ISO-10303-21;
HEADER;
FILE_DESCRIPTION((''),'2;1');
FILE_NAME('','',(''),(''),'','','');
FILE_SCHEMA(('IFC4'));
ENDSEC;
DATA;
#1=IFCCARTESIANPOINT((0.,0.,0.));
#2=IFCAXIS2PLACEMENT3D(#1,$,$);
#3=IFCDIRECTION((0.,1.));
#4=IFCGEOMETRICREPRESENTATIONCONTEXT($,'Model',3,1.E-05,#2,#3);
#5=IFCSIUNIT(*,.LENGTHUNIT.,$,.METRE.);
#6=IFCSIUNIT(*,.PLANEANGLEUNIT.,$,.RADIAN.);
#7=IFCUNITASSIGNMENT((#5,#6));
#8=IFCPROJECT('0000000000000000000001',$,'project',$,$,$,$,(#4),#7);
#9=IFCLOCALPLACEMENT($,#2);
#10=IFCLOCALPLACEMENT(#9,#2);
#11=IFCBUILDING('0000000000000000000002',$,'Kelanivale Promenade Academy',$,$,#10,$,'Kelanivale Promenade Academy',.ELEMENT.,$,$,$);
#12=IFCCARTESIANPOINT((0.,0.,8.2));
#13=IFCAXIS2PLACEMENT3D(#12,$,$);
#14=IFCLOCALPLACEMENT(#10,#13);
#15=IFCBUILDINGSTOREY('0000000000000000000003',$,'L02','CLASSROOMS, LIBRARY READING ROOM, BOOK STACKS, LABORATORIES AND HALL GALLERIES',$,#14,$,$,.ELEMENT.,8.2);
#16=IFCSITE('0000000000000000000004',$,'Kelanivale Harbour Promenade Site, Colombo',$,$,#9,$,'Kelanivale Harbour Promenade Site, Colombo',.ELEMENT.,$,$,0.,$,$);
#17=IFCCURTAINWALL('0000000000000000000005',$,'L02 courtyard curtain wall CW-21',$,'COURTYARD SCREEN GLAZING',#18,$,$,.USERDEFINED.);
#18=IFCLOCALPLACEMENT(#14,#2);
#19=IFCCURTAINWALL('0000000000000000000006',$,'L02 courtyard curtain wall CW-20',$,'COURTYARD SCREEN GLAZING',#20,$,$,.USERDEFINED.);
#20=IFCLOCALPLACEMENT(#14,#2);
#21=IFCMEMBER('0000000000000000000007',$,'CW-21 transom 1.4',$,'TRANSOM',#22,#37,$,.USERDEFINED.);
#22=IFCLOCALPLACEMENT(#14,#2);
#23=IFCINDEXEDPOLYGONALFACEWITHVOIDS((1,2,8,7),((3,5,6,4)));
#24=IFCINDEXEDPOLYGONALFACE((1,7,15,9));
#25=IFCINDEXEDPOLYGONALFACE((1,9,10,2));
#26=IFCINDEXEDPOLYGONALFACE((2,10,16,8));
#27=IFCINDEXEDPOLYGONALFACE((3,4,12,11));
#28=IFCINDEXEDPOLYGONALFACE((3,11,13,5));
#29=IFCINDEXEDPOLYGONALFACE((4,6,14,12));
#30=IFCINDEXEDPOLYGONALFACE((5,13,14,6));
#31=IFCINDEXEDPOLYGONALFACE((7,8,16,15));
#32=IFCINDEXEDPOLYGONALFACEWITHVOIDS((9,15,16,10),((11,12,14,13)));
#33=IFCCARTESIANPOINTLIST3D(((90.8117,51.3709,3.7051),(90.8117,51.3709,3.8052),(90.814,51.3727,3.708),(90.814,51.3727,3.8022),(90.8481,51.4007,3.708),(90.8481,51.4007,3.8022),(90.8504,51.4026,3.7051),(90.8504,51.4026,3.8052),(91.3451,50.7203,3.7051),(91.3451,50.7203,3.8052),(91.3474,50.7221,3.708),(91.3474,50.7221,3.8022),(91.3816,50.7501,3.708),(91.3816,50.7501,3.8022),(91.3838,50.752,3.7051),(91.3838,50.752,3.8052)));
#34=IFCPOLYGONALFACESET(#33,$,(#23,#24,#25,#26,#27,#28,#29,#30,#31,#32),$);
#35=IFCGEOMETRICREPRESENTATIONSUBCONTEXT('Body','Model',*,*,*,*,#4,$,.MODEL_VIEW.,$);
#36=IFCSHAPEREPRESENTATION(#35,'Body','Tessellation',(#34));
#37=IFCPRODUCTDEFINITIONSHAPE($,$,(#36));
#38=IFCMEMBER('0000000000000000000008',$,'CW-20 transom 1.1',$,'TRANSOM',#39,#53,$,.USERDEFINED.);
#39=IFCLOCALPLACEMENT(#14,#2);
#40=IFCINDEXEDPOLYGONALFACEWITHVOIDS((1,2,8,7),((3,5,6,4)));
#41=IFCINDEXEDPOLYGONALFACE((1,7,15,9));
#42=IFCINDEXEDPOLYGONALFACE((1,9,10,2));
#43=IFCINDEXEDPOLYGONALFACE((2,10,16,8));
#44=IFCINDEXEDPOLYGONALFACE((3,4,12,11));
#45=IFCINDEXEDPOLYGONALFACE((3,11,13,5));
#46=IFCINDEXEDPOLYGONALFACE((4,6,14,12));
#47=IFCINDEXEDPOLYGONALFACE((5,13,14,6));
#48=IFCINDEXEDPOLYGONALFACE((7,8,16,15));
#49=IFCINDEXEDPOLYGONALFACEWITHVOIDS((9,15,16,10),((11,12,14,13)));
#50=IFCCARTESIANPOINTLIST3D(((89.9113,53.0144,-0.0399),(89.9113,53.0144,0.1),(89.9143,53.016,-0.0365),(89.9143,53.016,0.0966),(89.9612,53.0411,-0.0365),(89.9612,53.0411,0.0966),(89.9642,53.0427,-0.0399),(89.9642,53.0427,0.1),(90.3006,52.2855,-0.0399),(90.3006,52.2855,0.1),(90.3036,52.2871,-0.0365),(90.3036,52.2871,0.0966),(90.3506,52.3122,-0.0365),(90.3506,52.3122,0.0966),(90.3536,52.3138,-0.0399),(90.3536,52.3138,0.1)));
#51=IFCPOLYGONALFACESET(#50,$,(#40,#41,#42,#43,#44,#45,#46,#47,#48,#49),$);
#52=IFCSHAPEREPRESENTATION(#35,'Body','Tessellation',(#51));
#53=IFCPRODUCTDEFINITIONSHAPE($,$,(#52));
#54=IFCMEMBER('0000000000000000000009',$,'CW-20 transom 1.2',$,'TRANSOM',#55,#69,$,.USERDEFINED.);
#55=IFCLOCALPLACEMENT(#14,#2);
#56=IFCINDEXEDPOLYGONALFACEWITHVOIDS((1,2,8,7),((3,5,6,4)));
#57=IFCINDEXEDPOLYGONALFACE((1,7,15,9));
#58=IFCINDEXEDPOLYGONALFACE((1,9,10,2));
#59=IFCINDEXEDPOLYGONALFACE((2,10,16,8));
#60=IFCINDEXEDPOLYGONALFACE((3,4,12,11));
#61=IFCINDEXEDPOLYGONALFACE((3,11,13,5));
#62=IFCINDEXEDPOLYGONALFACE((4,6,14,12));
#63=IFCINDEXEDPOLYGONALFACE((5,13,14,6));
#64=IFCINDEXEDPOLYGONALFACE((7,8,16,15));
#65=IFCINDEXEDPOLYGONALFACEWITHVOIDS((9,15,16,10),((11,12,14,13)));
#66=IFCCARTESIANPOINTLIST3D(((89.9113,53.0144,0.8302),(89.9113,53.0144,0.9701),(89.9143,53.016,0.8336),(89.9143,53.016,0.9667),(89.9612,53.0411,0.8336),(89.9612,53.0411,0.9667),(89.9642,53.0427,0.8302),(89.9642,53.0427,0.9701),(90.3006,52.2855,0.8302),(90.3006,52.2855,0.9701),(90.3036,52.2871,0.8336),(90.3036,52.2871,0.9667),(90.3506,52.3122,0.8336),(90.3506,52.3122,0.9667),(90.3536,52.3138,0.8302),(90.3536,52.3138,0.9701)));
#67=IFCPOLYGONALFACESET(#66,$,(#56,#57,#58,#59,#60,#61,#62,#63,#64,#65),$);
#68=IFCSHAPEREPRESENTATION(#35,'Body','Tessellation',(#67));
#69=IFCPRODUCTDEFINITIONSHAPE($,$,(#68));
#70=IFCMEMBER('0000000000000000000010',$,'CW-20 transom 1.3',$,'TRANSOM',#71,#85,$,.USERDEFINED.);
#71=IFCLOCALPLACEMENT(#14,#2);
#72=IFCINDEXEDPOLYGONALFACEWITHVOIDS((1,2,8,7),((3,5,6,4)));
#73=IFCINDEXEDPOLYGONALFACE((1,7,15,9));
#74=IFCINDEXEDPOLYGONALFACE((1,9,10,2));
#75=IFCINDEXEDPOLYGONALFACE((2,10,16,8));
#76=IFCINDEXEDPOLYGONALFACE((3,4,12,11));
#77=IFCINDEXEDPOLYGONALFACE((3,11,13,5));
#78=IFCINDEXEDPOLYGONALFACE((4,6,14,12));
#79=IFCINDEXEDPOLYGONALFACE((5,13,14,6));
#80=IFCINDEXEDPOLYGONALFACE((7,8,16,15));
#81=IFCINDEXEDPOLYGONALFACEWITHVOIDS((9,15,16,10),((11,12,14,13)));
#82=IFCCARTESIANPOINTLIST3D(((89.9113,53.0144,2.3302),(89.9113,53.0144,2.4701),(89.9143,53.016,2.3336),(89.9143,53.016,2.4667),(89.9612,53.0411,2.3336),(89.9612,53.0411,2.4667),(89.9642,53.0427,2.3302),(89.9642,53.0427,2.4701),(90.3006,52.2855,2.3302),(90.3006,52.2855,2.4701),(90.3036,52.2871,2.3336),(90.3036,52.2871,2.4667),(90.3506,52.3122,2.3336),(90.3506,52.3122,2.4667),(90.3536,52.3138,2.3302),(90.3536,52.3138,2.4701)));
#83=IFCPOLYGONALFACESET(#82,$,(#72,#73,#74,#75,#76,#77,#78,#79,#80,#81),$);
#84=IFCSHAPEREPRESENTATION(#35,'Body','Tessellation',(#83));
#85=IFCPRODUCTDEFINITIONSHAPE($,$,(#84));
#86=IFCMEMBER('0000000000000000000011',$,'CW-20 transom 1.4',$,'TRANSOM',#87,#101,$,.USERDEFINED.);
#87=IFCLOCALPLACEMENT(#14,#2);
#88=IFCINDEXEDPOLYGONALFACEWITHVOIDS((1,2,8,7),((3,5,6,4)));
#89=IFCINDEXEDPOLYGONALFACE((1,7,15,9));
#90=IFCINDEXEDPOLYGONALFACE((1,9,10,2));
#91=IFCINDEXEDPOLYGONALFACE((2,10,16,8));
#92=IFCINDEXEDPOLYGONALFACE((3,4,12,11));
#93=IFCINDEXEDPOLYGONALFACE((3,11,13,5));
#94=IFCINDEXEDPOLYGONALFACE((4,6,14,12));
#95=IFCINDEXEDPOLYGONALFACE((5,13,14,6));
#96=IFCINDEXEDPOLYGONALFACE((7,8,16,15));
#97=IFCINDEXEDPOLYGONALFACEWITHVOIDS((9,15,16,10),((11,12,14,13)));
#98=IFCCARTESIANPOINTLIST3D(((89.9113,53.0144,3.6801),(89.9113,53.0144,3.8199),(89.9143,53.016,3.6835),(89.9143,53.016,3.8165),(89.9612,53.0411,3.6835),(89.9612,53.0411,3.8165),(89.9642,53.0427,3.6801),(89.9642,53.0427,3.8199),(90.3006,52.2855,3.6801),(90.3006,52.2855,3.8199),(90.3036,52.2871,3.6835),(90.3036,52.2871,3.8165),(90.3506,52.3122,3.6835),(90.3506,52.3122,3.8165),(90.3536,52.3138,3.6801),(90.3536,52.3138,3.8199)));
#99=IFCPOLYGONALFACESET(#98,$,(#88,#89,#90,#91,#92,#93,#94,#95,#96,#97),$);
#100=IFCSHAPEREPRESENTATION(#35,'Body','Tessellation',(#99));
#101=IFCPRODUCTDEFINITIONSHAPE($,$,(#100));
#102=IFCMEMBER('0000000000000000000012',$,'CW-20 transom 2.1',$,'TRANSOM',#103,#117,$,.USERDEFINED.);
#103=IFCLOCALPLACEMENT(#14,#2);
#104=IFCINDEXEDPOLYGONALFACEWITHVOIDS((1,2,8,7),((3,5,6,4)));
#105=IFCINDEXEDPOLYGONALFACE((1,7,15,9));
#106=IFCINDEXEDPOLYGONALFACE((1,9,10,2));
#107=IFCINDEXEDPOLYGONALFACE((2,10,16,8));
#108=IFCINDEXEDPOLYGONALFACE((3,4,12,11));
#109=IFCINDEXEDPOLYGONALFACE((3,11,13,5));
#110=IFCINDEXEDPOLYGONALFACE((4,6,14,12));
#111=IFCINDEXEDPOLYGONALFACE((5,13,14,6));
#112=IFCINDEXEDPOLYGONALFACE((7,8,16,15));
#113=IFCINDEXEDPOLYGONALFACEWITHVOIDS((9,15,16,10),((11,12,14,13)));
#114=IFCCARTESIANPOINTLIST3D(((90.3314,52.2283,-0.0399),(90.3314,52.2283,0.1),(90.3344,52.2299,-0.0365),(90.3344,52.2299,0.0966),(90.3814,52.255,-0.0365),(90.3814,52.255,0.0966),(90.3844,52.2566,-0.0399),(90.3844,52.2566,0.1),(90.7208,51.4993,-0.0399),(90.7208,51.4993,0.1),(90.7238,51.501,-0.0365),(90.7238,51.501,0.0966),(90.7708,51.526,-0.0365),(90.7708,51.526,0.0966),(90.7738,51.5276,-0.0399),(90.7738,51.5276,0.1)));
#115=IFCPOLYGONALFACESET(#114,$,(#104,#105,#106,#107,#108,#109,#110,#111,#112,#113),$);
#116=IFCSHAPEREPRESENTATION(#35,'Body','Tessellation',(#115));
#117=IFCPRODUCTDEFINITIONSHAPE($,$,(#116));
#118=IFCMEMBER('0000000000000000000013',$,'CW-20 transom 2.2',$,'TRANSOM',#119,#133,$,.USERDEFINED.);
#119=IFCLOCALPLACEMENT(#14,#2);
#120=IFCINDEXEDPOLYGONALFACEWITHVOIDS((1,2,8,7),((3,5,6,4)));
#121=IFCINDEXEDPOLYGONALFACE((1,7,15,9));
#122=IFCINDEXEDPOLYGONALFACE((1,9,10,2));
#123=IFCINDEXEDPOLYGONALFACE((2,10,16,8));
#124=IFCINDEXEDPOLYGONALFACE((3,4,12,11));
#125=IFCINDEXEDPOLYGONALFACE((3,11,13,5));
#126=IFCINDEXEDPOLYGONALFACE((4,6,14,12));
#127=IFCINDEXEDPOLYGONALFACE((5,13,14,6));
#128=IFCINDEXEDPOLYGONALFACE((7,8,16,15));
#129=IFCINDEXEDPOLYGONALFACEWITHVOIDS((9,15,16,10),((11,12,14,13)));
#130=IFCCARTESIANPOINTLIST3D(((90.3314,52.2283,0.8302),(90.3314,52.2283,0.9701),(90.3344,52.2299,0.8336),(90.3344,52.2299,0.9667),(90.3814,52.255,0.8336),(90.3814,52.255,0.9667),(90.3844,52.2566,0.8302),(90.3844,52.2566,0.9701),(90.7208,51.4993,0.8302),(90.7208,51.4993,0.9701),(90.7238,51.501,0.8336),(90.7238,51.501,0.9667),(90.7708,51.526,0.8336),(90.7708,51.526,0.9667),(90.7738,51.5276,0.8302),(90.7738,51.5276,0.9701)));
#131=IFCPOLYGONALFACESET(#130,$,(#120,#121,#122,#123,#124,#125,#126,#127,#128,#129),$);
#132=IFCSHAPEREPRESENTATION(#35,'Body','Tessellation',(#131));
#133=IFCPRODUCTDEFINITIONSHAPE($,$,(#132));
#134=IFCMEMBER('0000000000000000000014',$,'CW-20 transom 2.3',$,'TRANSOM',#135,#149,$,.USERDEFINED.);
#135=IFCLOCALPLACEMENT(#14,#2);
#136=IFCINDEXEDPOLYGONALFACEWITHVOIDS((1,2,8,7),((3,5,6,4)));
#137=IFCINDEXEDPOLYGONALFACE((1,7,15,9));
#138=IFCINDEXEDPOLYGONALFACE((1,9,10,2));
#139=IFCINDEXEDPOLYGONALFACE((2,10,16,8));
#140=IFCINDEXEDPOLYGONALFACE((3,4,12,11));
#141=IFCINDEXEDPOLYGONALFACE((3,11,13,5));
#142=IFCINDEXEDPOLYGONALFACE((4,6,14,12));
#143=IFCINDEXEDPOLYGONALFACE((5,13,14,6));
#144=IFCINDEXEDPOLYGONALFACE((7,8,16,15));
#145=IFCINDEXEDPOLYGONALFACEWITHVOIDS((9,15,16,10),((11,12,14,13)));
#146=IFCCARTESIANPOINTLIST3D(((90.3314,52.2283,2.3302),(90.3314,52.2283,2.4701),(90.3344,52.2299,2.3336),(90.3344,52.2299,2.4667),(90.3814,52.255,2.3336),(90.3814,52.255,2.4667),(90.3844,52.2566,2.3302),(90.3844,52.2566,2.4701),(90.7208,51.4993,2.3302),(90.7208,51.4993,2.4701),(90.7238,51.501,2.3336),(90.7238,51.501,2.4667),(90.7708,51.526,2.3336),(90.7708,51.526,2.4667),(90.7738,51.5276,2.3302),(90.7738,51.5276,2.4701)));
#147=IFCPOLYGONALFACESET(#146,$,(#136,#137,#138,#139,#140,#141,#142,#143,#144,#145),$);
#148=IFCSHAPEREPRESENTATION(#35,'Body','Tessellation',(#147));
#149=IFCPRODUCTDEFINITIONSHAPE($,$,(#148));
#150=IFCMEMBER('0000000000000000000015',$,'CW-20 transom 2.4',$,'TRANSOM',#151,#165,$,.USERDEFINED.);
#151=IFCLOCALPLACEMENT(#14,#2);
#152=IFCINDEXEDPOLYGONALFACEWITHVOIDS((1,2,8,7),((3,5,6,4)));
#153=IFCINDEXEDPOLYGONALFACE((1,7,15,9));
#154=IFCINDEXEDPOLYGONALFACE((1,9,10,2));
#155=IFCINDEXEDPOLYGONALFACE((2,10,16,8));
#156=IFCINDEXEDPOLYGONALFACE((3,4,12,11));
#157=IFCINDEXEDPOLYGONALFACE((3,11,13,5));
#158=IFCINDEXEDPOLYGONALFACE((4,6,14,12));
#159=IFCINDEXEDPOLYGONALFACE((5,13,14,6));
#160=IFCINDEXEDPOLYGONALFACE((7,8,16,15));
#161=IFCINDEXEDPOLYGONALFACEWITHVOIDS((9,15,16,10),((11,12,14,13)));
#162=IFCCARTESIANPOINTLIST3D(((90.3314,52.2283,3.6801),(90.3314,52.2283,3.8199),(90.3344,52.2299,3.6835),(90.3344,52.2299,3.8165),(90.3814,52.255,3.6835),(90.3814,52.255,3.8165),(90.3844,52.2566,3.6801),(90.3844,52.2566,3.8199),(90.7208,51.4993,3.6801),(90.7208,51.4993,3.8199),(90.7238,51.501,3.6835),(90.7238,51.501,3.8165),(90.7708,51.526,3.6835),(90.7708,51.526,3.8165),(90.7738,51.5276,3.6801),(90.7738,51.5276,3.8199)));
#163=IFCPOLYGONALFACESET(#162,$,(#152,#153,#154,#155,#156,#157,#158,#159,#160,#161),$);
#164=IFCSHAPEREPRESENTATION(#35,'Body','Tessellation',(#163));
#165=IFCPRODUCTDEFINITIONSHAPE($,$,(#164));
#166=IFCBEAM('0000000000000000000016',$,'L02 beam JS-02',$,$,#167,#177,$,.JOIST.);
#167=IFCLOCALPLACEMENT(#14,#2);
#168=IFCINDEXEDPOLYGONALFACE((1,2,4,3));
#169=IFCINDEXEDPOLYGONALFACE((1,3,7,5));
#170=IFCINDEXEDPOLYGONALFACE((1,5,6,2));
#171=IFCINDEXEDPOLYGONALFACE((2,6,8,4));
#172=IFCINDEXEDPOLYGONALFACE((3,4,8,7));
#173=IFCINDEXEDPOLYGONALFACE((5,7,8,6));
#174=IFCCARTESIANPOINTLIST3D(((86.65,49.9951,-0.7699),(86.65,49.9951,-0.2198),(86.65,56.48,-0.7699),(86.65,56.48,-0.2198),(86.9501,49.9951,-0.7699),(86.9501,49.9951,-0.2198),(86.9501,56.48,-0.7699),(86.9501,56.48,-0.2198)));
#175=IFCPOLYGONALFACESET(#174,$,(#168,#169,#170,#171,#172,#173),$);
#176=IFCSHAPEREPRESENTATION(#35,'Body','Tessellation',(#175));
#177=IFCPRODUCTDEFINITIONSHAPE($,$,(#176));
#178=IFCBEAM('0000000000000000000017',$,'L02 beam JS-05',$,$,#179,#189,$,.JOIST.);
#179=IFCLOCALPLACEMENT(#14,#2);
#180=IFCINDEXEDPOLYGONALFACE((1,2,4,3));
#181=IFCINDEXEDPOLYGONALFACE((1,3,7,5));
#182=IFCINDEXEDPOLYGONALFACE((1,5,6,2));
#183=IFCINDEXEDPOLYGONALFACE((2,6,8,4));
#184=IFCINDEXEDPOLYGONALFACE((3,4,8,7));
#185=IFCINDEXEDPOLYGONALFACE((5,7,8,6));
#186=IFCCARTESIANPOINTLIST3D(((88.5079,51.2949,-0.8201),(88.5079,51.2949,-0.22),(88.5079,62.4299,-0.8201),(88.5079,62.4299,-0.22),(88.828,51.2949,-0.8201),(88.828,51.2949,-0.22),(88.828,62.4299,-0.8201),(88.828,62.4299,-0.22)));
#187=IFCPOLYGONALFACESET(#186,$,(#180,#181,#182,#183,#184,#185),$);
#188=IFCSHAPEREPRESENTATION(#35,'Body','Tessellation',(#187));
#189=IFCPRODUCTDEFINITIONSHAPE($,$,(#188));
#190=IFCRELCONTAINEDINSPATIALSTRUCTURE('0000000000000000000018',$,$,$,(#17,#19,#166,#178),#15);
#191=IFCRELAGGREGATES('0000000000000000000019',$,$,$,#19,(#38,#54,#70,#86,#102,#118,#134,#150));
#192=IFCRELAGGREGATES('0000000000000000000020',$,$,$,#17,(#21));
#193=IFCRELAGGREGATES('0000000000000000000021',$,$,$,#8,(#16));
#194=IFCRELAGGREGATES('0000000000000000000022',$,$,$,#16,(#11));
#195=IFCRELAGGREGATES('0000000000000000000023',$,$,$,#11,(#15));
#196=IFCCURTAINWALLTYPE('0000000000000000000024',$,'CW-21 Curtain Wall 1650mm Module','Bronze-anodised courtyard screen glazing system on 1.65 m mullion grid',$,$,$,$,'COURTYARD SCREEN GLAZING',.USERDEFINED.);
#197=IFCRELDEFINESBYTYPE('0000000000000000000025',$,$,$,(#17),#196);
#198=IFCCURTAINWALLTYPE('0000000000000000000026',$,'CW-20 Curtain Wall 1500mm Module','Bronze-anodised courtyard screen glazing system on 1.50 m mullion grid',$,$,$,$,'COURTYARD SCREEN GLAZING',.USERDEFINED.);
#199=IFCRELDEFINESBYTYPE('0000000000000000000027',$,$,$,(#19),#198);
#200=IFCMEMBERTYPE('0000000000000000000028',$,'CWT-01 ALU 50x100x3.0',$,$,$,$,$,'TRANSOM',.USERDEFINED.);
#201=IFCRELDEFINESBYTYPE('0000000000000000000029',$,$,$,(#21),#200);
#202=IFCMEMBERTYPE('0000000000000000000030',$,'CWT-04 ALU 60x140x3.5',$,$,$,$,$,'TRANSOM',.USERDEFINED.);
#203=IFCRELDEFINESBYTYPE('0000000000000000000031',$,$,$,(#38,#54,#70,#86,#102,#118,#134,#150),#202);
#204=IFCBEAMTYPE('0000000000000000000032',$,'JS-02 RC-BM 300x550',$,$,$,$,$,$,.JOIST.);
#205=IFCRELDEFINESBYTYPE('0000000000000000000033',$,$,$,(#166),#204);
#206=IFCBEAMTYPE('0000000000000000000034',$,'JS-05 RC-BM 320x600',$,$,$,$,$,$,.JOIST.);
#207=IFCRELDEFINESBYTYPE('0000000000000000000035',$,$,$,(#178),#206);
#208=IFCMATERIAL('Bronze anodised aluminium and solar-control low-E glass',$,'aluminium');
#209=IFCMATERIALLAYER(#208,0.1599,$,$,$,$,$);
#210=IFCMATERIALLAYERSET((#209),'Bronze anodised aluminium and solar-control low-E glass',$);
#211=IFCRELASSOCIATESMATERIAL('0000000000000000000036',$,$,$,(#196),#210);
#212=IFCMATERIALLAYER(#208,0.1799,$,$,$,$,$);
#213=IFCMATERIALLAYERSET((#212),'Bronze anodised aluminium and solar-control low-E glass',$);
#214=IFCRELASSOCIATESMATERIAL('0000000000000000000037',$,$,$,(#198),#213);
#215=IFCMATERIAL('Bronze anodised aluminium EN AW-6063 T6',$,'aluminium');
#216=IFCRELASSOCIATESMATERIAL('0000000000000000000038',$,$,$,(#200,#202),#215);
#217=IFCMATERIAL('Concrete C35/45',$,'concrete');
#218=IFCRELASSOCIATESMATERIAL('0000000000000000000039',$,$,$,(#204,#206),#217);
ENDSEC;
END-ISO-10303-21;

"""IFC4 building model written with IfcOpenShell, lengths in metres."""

from ifc_helpers import new_model, si_unit, direction, frame, origin, origin_2d, place, context, subcontext, project, spatial, rectangle, hollow_rectangle, extrude, material, layer, layer_set, material_profile, profile_set, type_object, element, aggregate, save


model = new_model("IFC4")

# Units and contexts
model_context = context("Model", 3, precision=1e-05, world=origin(), true_north=direction((0.0, 1.0)))
body_context = subcontext(model_context, "Body", "Model", "MODEL_VIEW")
ifc_project = project(units=[si_unit("LENGTHUNIT", "METRE"), si_unit("PLANEANGLEUNIT", "RADIAN")], contexts=[model_context])

# Site, building, storey
site_placement = place(None, origin())
site = spatial("IfcSite", under=ifc_project, at=site_placement, Name="Kelanivale Harbour Promenade Site, Colombo", LongName="Kelanivale Harbour Promenade Site, Colombo", CompositionType="ELEMENT", RefElevation=0.0)
building_placement = place(site_placement, origin())
building = spatial("IfcBuilding", under=site, at=building_placement, Name="Kelanivale Promenade Academy", LongName="Kelanivale Promenade Academy", CompositionType="ELEMENT")
storey_placement = place(building_placement, frame((0.0, 0.0, 8.2)))
storey = spatial("IfcBuildingStorey", under=building, at=storey_placement, Name="L02", Description="CLASSROOMS, LIBRARY READING ROOM, BOOK STACKS, LABORATORIES AND HALL GALLERIES", CompositionType="ELEMENT", Elevation=8.2)

# Curtain wall
ifc_material_1 = material(Name="Bronze anodised aluminium and solar-control low-E glass", Category="aluminium")
ifc_layer_1 = layer(ifc_material_1, 0.1599)
ifc_layer_set_1 = layer_set([ifc_layer_1], Name="Bronze anodised aluminium and solar-control low-E glass")
curtain_wall_type_1 = type_object("IfcCurtainWallType", Name="CW-21 Curtain Wall 1650mm Module", Description="Bronze-anodised courtyard screen glazing system on 1.65 m mullion grid", ElementType="COURTYARD SCREEN GLAZING", PredefinedType="USERDEFINED", material=ifc_layer_set_1)
curtain_wall_1_placement = place(storey_placement, origin())
curtain_wall_1 = element("IfcCurtainWall", 1, at=curtain_wall_1_placement, inside=storey, type_object=curtain_wall_type_1, Name="L02 courtyard curtain wall CW-21", ObjectType="COURTYARD SCREEN GLAZING", PredefinedType="USERDEFINED")
ifc_material_2 = material(Name="Bronze anodised aluminium EN AW-6063 T6", Category="aluminium")

# Curtain wall
ifc_layer_2 = layer(ifc_material_1, 0.1799)
ifc_layer_set_2 = layer_set([ifc_layer_2], Name="Bronze anodised aluminium and solar-control low-E glass")
curtain_wall_type_2 = type_object("IfcCurtainWallType", Name="CW-20 Curtain Wall 1500mm Module", Description="Bronze-anodised courtyard screen glazing system on 1.50 m mullion grid", ElementType="COURTYARD SCREEN GLAZING", PredefinedType="USERDEFINED", material=ifc_layer_set_2)
curtain_wall_2_placement = place(storey_placement, origin())
curtain_wall_2 = element("IfcCurtainWall", 2, at=curtain_wall_2_placement, inside=storey, type_object=curtain_wall_type_2, Name="L02 courtyard curtain wall CW-20", ObjectType="COURTYARD SCREEN GLAZING", PredefinedType="USERDEFINED")

# Members
ifc_material_profile_1 = material_profile(ifc_material_2, hollow_rectangle(XDim=0.05, YDim=0.1001, WallThickness=0.0029, at=origin_2d()), Name="ALU 50x100x3.0")
ifc_profile_set_1 = profile_set([ifc_material_profile_1], Name="Bronze anodised aluminium EN AW-6063 T6")
member_type_1 = type_object("IfcMemberType", Name="CWT-01 ALU 50x100x3.0", ElementType="TRANSOM", PredefinedType="USERDEFINED", material=ifc_profile_set_1)
member_1_placement = place(storey_placement, frame((90.8311, 51.3867, 3.7551), z_axis=(0.634028, -0.77331, 0.0), x_axis=(0.77331, 0.634028, 0.0)))
member_1 = element("IfcMember", 3, at=member_1_placement, type_object=member_type_1, Name="CW-21 transom 1.4", ObjectType="TRANSOM", PredefinedType="USERDEFINED", context=body_context, shape_type="SweptSolid", body=[
    extrude(hollow_rectangle(XDim=0.05, YDim=0.1001, WallThickness=0.0029, at=origin_2d()), origin(), (0.0, 0.0, 1.0), 0.8413),
])
ifc_material_profile_2 = material_profile(ifc_material_2, hollow_rectangle(XDim=0.0601, YDim=0.1399, WallThickness=0.0034, at=origin_2d()), Name="ALU 60x140x3.5")
ifc_profile_set_2 = profile_set([ifc_material_profile_2], Name="Bronze anodised aluminium EN AW-6063 T6")
member_type_2 = type_object("IfcMemberType", Name="CWT-04 ALU 60x140x3.5", ElementType="TRANSOM", PredefinedType="USERDEFINED", material=ifc_profile_set_2)
member_2_placement = place(storey_placement, frame((89.9377, 53.0286, 0.03), z_axis=(0.471155, -0.88205, 0.0), x_axis=(0.88205, 0.471155, 0.0)))
member_2 = element("IfcMember", 4, at=member_2_placement, type_object=member_type_2, Name="CW-20 transom 1.1", ObjectType="TRANSOM", PredefinedType="USERDEFINED", context=body_context, shape_type="SweptSolid", body=[
    extrude(hollow_rectangle(XDim=0.0601, YDim=0.1399, WallThickness=0.0034, at=origin_2d()), origin(), (0.0, 0.0, 1.0), 0.8264),
])
member_3_placement = place(storey_placement, frame((89.9377, 53.0286, 0.9001), z_axis=(0.471155, -0.88205, 0.0), x_axis=(0.88205, 0.471155, 0.0)))
member_3 = element("IfcMember", 5, at=member_3_placement, type_object=member_type_2, Name="CW-20 transom 1.2", ObjectType="TRANSOM", PredefinedType="USERDEFINED", context=body_context, shape_type="SweptSolid", body=[
    extrude(hollow_rectangle(XDim=0.0601, YDim=0.1399, WallThickness=0.0034, at=origin_2d()), origin(), (0.0, 0.0, 1.0), 0.8264),
])
member_4_placement = place(storey_placement, frame((89.9377, 53.0286, 2.4001), z_axis=(0.471155, -0.88205, 0.0), x_axis=(0.88205, 0.471155, 0.0)))
member_4 = element("IfcMember", 6, at=member_4_placement, type_object=member_type_2, Name="CW-20 transom 1.3", ObjectType="TRANSOM", PredefinedType="USERDEFINED", context=body_context, shape_type="SweptSolid", body=[
    extrude(hollow_rectangle(XDim=0.0601, YDim=0.1399, WallThickness=0.0034, at=origin_2d()), origin(), (0.0, 0.0, 1.0), 0.8264),
])
member_5_placement = place(storey_placement, frame((89.9377, 53.0286, 3.75), z_axis=(0.471155, -0.88205, 0.0), x_axis=(0.88205, 0.471155, 0.0)))
member_5 = element("IfcMember", 7, at=member_5_placement, type_object=member_type_2, Name="CW-20 transom 1.4", ObjectType="TRANSOM", PredefinedType="USERDEFINED", context=body_context, shape_type="SweptSolid", body=[
    extrude(hollow_rectangle(XDim=0.0601, YDim=0.1399, WallThickness=0.0034, at=origin_2d()), origin(), (0.0, 0.0, 1.0), 0.8264),
])
member_6_placement = place(storey_placement, frame((90.3579, 52.2424, 0.03), z_axis=(0.471155, -0.88205, 0.0), x_axis=(0.88205, 0.471155, 0.0)))
member_6 = element("IfcMember", 8, at=member_6_placement, type_object=member_type_2, Name="CW-20 transom 2.1", ObjectType="TRANSOM", PredefinedType="USERDEFINED", context=body_context, shape_type="SweptSolid", body=[
    extrude(hollow_rectangle(XDim=0.0601, YDim=0.1399, WallThickness=0.0034, at=origin_2d()), origin(), (0.0, 0.0, 1.0), 0.8264),
])
member_7_placement = place(storey_placement, frame((90.3579, 52.2424, 0.9001), z_axis=(0.471155, -0.88205, 0.0), x_axis=(0.88205, 0.471155, 0.0)))
member_7 = element("IfcMember", 9, at=member_7_placement, type_object=member_type_2, Name="CW-20 transom 2.2", ObjectType="TRANSOM", PredefinedType="USERDEFINED", context=body_context, shape_type="SweptSolid", body=[
    extrude(hollow_rectangle(XDim=0.0601, YDim=0.1399, WallThickness=0.0034, at=origin_2d()), origin(), (0.0, 0.0, 1.0), 0.8264),
])
member_8_placement = place(storey_placement, frame((90.3579, 52.2424, 2.4001), z_axis=(0.471155, -0.88205, 0.0), x_axis=(0.88205, 0.471155, 0.0)))
member_8 = element("IfcMember", 10, at=member_8_placement, type_object=member_type_2, Name="CW-20 transom 2.3", ObjectType="TRANSOM", PredefinedType="USERDEFINED", context=body_context, shape_type="SweptSolid", body=[
    extrude(hollow_rectangle(XDim=0.0601, YDim=0.1399, WallThickness=0.0034, at=origin_2d()), origin(), (0.0, 0.0, 1.0), 0.8264),
])
member_9_placement = place(storey_placement, frame((90.3579, 52.2424, 3.75), z_axis=(0.471155, -0.88205, 0.0), x_axis=(0.88205, 0.471155, 0.0)))
member_9 = element("IfcMember", 11, at=member_9_placement, type_object=member_type_2, Name="CW-20 transom 2.4", ObjectType="TRANSOM", PredefinedType="USERDEFINED", context=body_context, shape_type="SweptSolid", body=[
    extrude(hollow_rectangle(XDim=0.0601, YDim=0.1399, WallThickness=0.0034, at=origin_2d()), origin(), (0.0, 0.0, 1.0), 0.8264),
])

# Beams
ifc_material_3 = material(Name="Concrete C35/45", Category="concrete")
ifc_material_profile_3 = material_profile(ifc_material_3, rectangle(XDim=0.3, YDim=0.55, at=origin_2d()), Name="RC-BM 300x550")
ifc_profile_set_3 = profile_set([ifc_material_profile_3], Name="Concrete C35/45")
beam_type_1 = type_object("IfcBeamType", Name="JS-02 RC-BM 300x550", PredefinedType="JOIST", material=ifc_profile_set_3)
beam_1_placement = place(storey_placement, frame((86.8, 49.9951, -0.4949), z_axis=(0.0, 1.0, 0.0), x_axis=(-1.0, 0.0, 0.0)))
element("IfcBeam", 12, at=beam_1_placement, inside=storey, type_object=beam_type_1, Name="L02 beam JS-02", PredefinedType="JOIST", context=body_context, shape_type="SweptSolid", body=[
    extrude(rectangle(XDim=0.3, YDim=0.55, at=origin_2d()), origin(), (0.0, 0.0, 1.0), 6.4849),
])
ifc_material_profile_4 = material_profile(ifc_material_3, rectangle(XDim=0.3201, YDim=0.6001, at=origin_2d()), Name="RC-BM 320x600")
ifc_profile_set_4 = profile_set([ifc_material_profile_4], Name="Concrete C35/45")
beam_type_2 = type_object("IfcBeamType", Name="JS-05 RC-BM 320x600", PredefinedType="JOIST", material=ifc_profile_set_4)
beam_2_placement = place(storey_placement, frame((88.668, 51.2949, -0.52), z_axis=(0.0, 1.0, 0.0), x_axis=(-1.0, 0.0, 0.0)))
element("IfcBeam", 13, at=beam_2_placement, inside=storey, type_object=beam_type_2, Name="L02 beam JS-05", PredefinedType="JOIST", context=body_context, shape_type="SweptSolid", body=[
    extrude(rectangle(XDim=0.3201, YDim=0.6001, at=origin_2d()), origin(), (0.0, 0.0, 1.0), 11.135),
])

aggregate(curtain_wall_2, [member_2, member_3, member_4, member_5, member_6, member_7, member_8, member_9])
aggregate(curtain_wall_1, [member_1])

save(model, "model.ifc")
